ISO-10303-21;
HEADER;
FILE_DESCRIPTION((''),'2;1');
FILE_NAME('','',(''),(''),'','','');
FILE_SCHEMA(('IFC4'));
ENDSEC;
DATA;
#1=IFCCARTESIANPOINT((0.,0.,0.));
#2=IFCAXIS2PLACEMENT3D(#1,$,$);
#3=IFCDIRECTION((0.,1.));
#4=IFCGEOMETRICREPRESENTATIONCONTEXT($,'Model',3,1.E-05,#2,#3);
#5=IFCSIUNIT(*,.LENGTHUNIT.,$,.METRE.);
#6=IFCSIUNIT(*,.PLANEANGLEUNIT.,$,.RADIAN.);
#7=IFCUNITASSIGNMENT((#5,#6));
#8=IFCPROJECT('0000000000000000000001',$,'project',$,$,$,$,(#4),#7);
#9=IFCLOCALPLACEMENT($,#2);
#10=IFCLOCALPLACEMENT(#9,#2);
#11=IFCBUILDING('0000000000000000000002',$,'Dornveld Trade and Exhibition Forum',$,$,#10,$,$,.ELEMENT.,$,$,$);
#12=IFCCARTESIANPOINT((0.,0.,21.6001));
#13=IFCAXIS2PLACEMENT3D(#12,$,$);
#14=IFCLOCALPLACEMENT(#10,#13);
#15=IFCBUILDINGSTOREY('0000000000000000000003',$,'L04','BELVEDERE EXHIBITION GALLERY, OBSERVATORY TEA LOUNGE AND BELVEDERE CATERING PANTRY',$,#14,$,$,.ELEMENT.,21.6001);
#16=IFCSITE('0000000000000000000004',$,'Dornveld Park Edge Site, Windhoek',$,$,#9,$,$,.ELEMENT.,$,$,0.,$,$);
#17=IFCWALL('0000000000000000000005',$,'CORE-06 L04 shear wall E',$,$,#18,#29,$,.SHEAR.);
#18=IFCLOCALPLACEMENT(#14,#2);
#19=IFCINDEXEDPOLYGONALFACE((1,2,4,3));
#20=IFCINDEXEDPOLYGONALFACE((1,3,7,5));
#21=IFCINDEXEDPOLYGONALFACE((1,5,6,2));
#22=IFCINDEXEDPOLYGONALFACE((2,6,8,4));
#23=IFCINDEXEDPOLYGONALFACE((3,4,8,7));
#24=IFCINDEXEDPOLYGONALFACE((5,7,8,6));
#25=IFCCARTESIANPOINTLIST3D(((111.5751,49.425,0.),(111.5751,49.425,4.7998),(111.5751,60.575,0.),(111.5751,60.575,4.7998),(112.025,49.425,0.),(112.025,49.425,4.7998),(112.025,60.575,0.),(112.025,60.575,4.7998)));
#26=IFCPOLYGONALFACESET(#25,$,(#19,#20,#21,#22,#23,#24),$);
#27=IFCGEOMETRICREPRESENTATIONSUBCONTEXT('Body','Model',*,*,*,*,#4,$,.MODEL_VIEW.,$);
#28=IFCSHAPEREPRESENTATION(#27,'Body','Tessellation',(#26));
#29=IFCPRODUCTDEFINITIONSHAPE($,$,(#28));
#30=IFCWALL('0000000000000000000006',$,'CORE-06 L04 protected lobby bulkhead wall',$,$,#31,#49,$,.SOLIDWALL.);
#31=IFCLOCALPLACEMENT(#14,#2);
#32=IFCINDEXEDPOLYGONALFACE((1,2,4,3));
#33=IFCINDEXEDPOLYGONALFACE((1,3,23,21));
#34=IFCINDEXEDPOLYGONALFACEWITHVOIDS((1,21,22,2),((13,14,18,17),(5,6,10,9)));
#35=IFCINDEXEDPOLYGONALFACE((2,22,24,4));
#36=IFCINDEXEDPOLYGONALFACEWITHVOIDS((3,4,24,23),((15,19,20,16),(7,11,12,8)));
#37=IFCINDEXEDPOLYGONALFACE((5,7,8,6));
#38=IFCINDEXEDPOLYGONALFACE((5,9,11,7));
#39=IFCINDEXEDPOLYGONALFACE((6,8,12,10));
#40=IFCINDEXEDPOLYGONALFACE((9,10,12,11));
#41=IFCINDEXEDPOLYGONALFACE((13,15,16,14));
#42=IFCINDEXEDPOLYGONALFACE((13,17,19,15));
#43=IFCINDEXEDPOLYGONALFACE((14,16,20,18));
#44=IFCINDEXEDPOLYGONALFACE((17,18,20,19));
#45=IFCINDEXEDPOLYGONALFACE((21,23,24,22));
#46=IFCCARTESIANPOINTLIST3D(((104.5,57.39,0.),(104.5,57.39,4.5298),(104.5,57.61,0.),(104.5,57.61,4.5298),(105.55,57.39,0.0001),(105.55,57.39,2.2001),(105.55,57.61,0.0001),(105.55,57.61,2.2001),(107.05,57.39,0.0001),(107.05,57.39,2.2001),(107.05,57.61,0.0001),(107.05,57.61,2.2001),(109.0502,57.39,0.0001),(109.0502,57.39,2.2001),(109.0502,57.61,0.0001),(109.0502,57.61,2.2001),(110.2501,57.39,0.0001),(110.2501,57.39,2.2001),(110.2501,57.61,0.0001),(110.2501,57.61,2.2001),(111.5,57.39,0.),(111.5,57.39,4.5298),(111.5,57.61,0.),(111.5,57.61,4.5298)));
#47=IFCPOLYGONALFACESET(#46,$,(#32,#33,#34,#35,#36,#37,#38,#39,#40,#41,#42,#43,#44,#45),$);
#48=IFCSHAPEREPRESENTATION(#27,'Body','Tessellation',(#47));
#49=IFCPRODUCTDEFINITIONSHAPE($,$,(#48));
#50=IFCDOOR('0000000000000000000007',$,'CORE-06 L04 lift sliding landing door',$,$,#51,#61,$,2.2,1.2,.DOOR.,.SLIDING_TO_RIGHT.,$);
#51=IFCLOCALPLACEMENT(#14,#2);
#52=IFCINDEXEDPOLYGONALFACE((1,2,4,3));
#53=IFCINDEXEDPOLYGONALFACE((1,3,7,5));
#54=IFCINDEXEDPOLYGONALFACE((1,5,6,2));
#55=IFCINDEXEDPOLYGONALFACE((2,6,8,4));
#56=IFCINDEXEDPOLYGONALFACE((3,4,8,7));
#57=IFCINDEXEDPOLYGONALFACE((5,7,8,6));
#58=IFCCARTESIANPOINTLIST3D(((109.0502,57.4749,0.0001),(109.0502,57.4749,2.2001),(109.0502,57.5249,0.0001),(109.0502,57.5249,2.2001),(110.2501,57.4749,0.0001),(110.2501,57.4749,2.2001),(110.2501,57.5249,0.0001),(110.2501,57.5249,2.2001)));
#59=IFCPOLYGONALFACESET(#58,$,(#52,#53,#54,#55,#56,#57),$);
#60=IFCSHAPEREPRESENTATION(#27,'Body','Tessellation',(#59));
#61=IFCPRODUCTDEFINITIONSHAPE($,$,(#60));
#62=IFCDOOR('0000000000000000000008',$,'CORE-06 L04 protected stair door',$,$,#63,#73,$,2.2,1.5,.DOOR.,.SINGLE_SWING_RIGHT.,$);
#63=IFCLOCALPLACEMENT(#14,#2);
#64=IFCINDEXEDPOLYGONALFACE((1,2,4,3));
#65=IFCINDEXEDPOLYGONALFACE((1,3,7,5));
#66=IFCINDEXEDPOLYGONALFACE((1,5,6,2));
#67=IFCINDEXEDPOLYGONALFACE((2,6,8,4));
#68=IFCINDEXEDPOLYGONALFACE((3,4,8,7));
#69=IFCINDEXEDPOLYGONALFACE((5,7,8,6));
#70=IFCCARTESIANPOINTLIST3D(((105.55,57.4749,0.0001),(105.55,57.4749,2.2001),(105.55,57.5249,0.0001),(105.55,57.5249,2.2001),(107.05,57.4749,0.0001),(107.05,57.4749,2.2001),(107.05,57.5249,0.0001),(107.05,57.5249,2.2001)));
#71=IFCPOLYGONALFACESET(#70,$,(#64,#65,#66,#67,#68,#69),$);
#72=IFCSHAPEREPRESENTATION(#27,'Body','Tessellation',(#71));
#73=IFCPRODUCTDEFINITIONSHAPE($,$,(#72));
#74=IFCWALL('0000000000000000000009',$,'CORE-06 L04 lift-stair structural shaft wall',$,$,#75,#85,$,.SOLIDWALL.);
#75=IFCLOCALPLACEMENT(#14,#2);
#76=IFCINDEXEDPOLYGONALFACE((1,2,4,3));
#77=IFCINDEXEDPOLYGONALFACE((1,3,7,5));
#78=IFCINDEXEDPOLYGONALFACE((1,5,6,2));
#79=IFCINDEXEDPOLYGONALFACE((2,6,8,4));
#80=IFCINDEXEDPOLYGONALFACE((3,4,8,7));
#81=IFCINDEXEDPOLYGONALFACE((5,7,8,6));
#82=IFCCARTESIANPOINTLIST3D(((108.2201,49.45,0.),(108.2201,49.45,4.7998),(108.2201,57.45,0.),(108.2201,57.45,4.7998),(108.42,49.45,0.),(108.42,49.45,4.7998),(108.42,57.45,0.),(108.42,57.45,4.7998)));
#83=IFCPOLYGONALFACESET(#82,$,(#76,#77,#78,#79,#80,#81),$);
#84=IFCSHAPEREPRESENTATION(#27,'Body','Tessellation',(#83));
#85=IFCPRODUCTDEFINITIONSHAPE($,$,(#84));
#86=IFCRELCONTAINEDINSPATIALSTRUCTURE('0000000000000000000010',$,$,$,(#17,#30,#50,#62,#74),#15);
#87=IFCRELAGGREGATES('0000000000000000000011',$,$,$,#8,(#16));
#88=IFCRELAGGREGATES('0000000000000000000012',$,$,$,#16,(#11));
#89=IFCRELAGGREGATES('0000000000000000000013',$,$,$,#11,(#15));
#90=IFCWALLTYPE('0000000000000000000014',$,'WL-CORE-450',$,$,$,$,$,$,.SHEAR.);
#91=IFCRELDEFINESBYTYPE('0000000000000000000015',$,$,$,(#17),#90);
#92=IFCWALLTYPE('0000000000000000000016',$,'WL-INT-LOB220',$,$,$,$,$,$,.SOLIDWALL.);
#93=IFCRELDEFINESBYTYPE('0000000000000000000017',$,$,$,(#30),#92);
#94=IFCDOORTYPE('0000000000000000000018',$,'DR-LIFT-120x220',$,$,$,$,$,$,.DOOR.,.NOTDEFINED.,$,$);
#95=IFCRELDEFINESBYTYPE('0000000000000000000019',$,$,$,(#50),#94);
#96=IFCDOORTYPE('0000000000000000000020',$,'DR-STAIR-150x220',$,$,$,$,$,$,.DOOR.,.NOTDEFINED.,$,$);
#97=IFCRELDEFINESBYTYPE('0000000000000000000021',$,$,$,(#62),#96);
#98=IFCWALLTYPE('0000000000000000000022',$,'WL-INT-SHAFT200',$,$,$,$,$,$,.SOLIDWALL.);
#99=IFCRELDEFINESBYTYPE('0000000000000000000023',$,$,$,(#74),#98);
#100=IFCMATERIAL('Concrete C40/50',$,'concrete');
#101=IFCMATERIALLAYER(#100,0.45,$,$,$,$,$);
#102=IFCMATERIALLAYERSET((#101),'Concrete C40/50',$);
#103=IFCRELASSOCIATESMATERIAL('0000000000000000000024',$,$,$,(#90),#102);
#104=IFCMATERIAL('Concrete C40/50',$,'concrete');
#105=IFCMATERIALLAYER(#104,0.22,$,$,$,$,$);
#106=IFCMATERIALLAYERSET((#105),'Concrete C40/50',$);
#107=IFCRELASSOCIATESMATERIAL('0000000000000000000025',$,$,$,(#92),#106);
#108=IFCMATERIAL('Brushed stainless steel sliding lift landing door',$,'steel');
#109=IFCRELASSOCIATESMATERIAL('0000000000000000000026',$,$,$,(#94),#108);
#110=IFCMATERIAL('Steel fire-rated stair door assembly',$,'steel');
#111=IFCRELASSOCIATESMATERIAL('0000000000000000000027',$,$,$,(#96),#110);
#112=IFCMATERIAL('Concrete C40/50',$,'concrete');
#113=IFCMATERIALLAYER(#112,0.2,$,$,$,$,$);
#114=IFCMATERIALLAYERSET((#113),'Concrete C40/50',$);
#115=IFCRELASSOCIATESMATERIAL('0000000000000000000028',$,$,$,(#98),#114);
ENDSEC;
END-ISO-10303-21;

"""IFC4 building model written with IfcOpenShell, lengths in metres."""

from ifc_helpers import new_model, si_unit, direction, frame, frame_2d, origin, place, context, subcontext, project, spatial, rectangle, extrude, material, layer, layer_set, type_object, element, fill, save


model = new_model("IFC4")

# Units and contexts
model_context = context("Model", 3, precision=1e-05, world=origin(), true_north=direction((0.0, 1.0)))
body_context = subcontext(model_context, "Body", "Model", "MODEL_VIEW")
ifc_project = project(units=[si_unit("LENGTHUNIT", "METRE"), si_unit("PLANEANGLEUNIT", "RADIAN")], contexts=[model_context])

# Site, building, storey
site_placement = place(None, origin())
site = spatial("IfcSite", under=ifc_project, at=site_placement, Name="Dornveld Park Edge Site, Windhoek", CompositionType="ELEMENT", RefElevation=0.0)
building_placement = place(site_placement, origin())
building = spatial("IfcBuilding", under=site, at=building_placement, Name="Dornveld Trade and Exhibition Forum", CompositionType="ELEMENT")
storey_placement = place(building_placement, frame((0.0, 0.0, 21.6001)))
storey = spatial("IfcBuildingStorey", under=building, at=storey_placement, Name="L04", Description="BELVEDERE EXHIBITION GALLERY, OBSERVATORY TEA LOUNGE AND BELVEDERE CATERING PANTRY", CompositionType="ELEMENT", Elevation=21.6001)

# Shared definitions
ifc_material_1 = material(Name="Concrete C40/50", Category="concrete")
ifc_layer_1 = layer(ifc_material_1, 0.45)
ifc_layer_set_1 = layer_set([ifc_layer_1], Name="Concrete C40/50")
wall_type_1 = type_object("IfcWallType", Name="WL-CORE-450", PredefinedType="SHEAR", material=ifc_layer_set_1)

# Wall
for number, where, z_axis, x_axis, name in (
    (1, (111.8, 49.425, 0.0), (0.0, 0.0, 1.0), (0.0, 1.0, 0.0), "CORE-06 L04 shear wall E"),
):
    element("IfcWall", number, at=place(storey_placement, frame(where, z_axis=z_axis, x_axis=x_axis)), inside=storey, type_object=wall_type_1, Name=name, PredefinedType="SHEAR", context=body_context, shape_type="SweptSolid", body=[
        extrude(rectangle(XDim=11.1499, YDim=0.45, at=frame_2d((5.575, 0.0))), origin(), (0.0, 0.0, 1.0), 4.7998),
    ])

# Wall, openings, doors
ifc_material_2 = material(Name="Concrete C40/50", Category="concrete")
ifc_layer_2 = layer(ifc_material_2, 0.22)
ifc_layer_set_2 = layer_set([ifc_layer_2], Name="Concrete C40/50")
wall_type_2 = type_object("IfcWallType", Name="WL-INT-LOB220", PredefinedType="SOLIDWALL", material=ifc_layer_set_2)
wall_1_placement = place(storey_placement, frame((104.5, 57.5, 0.0), z_axis=(0.0, 0.0, 1.0), x_axis=(1.0, 0.0, 0.0)))
wall_1 = element("IfcWall", 2, at=wall_1_placement, inside=storey, type_object=wall_type_2, Name="CORE-06 L04 protected lobby bulkhead wall", PredefinedType="SOLIDWALL", context=body_context, shape_type="SweptSolid", body=[
    extrude(rectangle(XDim=7.0, YDim=0.22, at=frame_2d((3.5, 0.0))), origin(), (0.0, 0.0, 1.0), 4.5298),
])
opening_1_placement = place(wall_1_placement, frame((1.05, 0.0, 0.0)))
opening_1 = element("IfcOpeningElement", 3, at=opening_1_placement, cuts=wall_1, PredefinedType="OPENING", context=body_context, shape_type="SweptSolid", body=[
    extrude(rectangle(XDim=1.5, YDim=2.2, at=frame_2d((0.75, 1.1001))), frame((0.0, 0.1199, 0.0), z_axis=(0.0, -1.0, 0.0), x_axis=(1.0, 0.0, 0.0)), (0.0, 0.0, 1.0), 0.24),
])
opening_2_placement = place(wall_1_placement, frame((4.55, 0.0, 0.0)))
opening_2 = element("IfcOpeningElement", 4, at=opening_2_placement, cuts=wall_1, PredefinedType="OPENING", context=body_context, shape_type="SweptSolid", body=[
    extrude(rectangle(XDim=1.2, YDim=2.2, at=frame_2d((0.6001, 1.1001))), frame((0.0, 0.1199, 0.0), z_axis=(0.0, -1.0, 0.0), x_axis=(1.0, 0.0, 0.0)), (0.0, 0.0, 1.0), 0.24),
])
ifc_material_3 = material(Name="Brushed stainless steel sliding lift landing door", Category="steel")
door_type_1 = type_object("IfcDoorType", Name="DR-LIFT-120x220", OperationType="NOTDEFINED", PredefinedType="DOOR", material=ifc_material_3)
door_1_placement = place(opening_2_placement, origin())
door_1 = element("IfcDoor", 5, at=door_1_placement, inside=storey, type_object=door_type_1, Name="CORE-06 L04 lift sliding landing door", OperationType="SLIDING_TO_RIGHT", OverallHeight=2.2, OverallWidth=1.2, PredefinedType="DOOR", context=body_context, shape_type="SweptSolid", body=[
    extrude(rectangle(XDim=1.2, YDim=2.2, at=frame_2d((0.6001, 1.1001))), frame((0.0, 0.0249, 0.0), z_axis=(0.0, -1.0, 0.0), x_axis=(1.0, 0.0, 0.0)), (0.0, 0.0, 1.0), 0.05),
])
fill(opening_2, door_1)
ifc_material_4 = material(Name="Steel fire-rated stair door assembly", Category="steel")
door_type_2 = type_object("IfcDoorType", Name="DR-STAIR-150x220", OperationType="NOTDEFINED", PredefinedType="DOOR", material=ifc_material_4)
door_2_placement = place(opening_1_placement, origin())
door_2 = element("IfcDoor", 6, at=door_2_placement, inside=storey, type_object=door_type_2, Name="CORE-06 L04 protected stair door", OperationType="SINGLE_SWING_RIGHT", OverallHeight=2.2, OverallWidth=1.5, PredefinedType="DOOR", context=body_context, shape_type="SweptSolid", body=[
    extrude(rectangle(XDim=1.5, YDim=2.2, at=frame_2d((0.75, 1.1001))), frame((0.0, 0.0249, 0.0), z_axis=(0.0, -1.0, 0.0), x_axis=(1.0, 0.0, 0.0)), (0.0, 0.0, 1.0), 0.05),
])
fill(opening_1, door_2)

# Wall
ifc_material_5 = material(Name="Concrete C40/50", Category="concrete")
ifc_layer_3 = layer(ifc_material_5, 0.2)
ifc_layer_set_3 = layer_set([ifc_layer_3], Name="Concrete C40/50")
wall_type_3 = type_object("IfcWallType", Name="WL-INT-SHAFT200", PredefinedType="SOLIDWALL", material=ifc_layer_set_3)
wall_2_placement = place(storey_placement, frame((108.3201, 49.45, 0.0), z_axis=(0.0, 0.0, 1.0), x_axis=(0.0, 1.0, 0.0)))
element("IfcWall", 7, at=wall_2_placement, inside=storey, type_object=wall_type_3, Name="CORE-06 L04 lift-stair structural shaft wall", PredefinedType="SOLIDWALL", context=body_context, shape_type="SweptSolid", body=[
    extrude(rectangle(XDim=8.0, YDim=0.2, at=frame_2d((4.0, 0.0))), origin(), (0.0, 0.0, 1.0), 4.7998),
])

save(model, "model.ifc")
